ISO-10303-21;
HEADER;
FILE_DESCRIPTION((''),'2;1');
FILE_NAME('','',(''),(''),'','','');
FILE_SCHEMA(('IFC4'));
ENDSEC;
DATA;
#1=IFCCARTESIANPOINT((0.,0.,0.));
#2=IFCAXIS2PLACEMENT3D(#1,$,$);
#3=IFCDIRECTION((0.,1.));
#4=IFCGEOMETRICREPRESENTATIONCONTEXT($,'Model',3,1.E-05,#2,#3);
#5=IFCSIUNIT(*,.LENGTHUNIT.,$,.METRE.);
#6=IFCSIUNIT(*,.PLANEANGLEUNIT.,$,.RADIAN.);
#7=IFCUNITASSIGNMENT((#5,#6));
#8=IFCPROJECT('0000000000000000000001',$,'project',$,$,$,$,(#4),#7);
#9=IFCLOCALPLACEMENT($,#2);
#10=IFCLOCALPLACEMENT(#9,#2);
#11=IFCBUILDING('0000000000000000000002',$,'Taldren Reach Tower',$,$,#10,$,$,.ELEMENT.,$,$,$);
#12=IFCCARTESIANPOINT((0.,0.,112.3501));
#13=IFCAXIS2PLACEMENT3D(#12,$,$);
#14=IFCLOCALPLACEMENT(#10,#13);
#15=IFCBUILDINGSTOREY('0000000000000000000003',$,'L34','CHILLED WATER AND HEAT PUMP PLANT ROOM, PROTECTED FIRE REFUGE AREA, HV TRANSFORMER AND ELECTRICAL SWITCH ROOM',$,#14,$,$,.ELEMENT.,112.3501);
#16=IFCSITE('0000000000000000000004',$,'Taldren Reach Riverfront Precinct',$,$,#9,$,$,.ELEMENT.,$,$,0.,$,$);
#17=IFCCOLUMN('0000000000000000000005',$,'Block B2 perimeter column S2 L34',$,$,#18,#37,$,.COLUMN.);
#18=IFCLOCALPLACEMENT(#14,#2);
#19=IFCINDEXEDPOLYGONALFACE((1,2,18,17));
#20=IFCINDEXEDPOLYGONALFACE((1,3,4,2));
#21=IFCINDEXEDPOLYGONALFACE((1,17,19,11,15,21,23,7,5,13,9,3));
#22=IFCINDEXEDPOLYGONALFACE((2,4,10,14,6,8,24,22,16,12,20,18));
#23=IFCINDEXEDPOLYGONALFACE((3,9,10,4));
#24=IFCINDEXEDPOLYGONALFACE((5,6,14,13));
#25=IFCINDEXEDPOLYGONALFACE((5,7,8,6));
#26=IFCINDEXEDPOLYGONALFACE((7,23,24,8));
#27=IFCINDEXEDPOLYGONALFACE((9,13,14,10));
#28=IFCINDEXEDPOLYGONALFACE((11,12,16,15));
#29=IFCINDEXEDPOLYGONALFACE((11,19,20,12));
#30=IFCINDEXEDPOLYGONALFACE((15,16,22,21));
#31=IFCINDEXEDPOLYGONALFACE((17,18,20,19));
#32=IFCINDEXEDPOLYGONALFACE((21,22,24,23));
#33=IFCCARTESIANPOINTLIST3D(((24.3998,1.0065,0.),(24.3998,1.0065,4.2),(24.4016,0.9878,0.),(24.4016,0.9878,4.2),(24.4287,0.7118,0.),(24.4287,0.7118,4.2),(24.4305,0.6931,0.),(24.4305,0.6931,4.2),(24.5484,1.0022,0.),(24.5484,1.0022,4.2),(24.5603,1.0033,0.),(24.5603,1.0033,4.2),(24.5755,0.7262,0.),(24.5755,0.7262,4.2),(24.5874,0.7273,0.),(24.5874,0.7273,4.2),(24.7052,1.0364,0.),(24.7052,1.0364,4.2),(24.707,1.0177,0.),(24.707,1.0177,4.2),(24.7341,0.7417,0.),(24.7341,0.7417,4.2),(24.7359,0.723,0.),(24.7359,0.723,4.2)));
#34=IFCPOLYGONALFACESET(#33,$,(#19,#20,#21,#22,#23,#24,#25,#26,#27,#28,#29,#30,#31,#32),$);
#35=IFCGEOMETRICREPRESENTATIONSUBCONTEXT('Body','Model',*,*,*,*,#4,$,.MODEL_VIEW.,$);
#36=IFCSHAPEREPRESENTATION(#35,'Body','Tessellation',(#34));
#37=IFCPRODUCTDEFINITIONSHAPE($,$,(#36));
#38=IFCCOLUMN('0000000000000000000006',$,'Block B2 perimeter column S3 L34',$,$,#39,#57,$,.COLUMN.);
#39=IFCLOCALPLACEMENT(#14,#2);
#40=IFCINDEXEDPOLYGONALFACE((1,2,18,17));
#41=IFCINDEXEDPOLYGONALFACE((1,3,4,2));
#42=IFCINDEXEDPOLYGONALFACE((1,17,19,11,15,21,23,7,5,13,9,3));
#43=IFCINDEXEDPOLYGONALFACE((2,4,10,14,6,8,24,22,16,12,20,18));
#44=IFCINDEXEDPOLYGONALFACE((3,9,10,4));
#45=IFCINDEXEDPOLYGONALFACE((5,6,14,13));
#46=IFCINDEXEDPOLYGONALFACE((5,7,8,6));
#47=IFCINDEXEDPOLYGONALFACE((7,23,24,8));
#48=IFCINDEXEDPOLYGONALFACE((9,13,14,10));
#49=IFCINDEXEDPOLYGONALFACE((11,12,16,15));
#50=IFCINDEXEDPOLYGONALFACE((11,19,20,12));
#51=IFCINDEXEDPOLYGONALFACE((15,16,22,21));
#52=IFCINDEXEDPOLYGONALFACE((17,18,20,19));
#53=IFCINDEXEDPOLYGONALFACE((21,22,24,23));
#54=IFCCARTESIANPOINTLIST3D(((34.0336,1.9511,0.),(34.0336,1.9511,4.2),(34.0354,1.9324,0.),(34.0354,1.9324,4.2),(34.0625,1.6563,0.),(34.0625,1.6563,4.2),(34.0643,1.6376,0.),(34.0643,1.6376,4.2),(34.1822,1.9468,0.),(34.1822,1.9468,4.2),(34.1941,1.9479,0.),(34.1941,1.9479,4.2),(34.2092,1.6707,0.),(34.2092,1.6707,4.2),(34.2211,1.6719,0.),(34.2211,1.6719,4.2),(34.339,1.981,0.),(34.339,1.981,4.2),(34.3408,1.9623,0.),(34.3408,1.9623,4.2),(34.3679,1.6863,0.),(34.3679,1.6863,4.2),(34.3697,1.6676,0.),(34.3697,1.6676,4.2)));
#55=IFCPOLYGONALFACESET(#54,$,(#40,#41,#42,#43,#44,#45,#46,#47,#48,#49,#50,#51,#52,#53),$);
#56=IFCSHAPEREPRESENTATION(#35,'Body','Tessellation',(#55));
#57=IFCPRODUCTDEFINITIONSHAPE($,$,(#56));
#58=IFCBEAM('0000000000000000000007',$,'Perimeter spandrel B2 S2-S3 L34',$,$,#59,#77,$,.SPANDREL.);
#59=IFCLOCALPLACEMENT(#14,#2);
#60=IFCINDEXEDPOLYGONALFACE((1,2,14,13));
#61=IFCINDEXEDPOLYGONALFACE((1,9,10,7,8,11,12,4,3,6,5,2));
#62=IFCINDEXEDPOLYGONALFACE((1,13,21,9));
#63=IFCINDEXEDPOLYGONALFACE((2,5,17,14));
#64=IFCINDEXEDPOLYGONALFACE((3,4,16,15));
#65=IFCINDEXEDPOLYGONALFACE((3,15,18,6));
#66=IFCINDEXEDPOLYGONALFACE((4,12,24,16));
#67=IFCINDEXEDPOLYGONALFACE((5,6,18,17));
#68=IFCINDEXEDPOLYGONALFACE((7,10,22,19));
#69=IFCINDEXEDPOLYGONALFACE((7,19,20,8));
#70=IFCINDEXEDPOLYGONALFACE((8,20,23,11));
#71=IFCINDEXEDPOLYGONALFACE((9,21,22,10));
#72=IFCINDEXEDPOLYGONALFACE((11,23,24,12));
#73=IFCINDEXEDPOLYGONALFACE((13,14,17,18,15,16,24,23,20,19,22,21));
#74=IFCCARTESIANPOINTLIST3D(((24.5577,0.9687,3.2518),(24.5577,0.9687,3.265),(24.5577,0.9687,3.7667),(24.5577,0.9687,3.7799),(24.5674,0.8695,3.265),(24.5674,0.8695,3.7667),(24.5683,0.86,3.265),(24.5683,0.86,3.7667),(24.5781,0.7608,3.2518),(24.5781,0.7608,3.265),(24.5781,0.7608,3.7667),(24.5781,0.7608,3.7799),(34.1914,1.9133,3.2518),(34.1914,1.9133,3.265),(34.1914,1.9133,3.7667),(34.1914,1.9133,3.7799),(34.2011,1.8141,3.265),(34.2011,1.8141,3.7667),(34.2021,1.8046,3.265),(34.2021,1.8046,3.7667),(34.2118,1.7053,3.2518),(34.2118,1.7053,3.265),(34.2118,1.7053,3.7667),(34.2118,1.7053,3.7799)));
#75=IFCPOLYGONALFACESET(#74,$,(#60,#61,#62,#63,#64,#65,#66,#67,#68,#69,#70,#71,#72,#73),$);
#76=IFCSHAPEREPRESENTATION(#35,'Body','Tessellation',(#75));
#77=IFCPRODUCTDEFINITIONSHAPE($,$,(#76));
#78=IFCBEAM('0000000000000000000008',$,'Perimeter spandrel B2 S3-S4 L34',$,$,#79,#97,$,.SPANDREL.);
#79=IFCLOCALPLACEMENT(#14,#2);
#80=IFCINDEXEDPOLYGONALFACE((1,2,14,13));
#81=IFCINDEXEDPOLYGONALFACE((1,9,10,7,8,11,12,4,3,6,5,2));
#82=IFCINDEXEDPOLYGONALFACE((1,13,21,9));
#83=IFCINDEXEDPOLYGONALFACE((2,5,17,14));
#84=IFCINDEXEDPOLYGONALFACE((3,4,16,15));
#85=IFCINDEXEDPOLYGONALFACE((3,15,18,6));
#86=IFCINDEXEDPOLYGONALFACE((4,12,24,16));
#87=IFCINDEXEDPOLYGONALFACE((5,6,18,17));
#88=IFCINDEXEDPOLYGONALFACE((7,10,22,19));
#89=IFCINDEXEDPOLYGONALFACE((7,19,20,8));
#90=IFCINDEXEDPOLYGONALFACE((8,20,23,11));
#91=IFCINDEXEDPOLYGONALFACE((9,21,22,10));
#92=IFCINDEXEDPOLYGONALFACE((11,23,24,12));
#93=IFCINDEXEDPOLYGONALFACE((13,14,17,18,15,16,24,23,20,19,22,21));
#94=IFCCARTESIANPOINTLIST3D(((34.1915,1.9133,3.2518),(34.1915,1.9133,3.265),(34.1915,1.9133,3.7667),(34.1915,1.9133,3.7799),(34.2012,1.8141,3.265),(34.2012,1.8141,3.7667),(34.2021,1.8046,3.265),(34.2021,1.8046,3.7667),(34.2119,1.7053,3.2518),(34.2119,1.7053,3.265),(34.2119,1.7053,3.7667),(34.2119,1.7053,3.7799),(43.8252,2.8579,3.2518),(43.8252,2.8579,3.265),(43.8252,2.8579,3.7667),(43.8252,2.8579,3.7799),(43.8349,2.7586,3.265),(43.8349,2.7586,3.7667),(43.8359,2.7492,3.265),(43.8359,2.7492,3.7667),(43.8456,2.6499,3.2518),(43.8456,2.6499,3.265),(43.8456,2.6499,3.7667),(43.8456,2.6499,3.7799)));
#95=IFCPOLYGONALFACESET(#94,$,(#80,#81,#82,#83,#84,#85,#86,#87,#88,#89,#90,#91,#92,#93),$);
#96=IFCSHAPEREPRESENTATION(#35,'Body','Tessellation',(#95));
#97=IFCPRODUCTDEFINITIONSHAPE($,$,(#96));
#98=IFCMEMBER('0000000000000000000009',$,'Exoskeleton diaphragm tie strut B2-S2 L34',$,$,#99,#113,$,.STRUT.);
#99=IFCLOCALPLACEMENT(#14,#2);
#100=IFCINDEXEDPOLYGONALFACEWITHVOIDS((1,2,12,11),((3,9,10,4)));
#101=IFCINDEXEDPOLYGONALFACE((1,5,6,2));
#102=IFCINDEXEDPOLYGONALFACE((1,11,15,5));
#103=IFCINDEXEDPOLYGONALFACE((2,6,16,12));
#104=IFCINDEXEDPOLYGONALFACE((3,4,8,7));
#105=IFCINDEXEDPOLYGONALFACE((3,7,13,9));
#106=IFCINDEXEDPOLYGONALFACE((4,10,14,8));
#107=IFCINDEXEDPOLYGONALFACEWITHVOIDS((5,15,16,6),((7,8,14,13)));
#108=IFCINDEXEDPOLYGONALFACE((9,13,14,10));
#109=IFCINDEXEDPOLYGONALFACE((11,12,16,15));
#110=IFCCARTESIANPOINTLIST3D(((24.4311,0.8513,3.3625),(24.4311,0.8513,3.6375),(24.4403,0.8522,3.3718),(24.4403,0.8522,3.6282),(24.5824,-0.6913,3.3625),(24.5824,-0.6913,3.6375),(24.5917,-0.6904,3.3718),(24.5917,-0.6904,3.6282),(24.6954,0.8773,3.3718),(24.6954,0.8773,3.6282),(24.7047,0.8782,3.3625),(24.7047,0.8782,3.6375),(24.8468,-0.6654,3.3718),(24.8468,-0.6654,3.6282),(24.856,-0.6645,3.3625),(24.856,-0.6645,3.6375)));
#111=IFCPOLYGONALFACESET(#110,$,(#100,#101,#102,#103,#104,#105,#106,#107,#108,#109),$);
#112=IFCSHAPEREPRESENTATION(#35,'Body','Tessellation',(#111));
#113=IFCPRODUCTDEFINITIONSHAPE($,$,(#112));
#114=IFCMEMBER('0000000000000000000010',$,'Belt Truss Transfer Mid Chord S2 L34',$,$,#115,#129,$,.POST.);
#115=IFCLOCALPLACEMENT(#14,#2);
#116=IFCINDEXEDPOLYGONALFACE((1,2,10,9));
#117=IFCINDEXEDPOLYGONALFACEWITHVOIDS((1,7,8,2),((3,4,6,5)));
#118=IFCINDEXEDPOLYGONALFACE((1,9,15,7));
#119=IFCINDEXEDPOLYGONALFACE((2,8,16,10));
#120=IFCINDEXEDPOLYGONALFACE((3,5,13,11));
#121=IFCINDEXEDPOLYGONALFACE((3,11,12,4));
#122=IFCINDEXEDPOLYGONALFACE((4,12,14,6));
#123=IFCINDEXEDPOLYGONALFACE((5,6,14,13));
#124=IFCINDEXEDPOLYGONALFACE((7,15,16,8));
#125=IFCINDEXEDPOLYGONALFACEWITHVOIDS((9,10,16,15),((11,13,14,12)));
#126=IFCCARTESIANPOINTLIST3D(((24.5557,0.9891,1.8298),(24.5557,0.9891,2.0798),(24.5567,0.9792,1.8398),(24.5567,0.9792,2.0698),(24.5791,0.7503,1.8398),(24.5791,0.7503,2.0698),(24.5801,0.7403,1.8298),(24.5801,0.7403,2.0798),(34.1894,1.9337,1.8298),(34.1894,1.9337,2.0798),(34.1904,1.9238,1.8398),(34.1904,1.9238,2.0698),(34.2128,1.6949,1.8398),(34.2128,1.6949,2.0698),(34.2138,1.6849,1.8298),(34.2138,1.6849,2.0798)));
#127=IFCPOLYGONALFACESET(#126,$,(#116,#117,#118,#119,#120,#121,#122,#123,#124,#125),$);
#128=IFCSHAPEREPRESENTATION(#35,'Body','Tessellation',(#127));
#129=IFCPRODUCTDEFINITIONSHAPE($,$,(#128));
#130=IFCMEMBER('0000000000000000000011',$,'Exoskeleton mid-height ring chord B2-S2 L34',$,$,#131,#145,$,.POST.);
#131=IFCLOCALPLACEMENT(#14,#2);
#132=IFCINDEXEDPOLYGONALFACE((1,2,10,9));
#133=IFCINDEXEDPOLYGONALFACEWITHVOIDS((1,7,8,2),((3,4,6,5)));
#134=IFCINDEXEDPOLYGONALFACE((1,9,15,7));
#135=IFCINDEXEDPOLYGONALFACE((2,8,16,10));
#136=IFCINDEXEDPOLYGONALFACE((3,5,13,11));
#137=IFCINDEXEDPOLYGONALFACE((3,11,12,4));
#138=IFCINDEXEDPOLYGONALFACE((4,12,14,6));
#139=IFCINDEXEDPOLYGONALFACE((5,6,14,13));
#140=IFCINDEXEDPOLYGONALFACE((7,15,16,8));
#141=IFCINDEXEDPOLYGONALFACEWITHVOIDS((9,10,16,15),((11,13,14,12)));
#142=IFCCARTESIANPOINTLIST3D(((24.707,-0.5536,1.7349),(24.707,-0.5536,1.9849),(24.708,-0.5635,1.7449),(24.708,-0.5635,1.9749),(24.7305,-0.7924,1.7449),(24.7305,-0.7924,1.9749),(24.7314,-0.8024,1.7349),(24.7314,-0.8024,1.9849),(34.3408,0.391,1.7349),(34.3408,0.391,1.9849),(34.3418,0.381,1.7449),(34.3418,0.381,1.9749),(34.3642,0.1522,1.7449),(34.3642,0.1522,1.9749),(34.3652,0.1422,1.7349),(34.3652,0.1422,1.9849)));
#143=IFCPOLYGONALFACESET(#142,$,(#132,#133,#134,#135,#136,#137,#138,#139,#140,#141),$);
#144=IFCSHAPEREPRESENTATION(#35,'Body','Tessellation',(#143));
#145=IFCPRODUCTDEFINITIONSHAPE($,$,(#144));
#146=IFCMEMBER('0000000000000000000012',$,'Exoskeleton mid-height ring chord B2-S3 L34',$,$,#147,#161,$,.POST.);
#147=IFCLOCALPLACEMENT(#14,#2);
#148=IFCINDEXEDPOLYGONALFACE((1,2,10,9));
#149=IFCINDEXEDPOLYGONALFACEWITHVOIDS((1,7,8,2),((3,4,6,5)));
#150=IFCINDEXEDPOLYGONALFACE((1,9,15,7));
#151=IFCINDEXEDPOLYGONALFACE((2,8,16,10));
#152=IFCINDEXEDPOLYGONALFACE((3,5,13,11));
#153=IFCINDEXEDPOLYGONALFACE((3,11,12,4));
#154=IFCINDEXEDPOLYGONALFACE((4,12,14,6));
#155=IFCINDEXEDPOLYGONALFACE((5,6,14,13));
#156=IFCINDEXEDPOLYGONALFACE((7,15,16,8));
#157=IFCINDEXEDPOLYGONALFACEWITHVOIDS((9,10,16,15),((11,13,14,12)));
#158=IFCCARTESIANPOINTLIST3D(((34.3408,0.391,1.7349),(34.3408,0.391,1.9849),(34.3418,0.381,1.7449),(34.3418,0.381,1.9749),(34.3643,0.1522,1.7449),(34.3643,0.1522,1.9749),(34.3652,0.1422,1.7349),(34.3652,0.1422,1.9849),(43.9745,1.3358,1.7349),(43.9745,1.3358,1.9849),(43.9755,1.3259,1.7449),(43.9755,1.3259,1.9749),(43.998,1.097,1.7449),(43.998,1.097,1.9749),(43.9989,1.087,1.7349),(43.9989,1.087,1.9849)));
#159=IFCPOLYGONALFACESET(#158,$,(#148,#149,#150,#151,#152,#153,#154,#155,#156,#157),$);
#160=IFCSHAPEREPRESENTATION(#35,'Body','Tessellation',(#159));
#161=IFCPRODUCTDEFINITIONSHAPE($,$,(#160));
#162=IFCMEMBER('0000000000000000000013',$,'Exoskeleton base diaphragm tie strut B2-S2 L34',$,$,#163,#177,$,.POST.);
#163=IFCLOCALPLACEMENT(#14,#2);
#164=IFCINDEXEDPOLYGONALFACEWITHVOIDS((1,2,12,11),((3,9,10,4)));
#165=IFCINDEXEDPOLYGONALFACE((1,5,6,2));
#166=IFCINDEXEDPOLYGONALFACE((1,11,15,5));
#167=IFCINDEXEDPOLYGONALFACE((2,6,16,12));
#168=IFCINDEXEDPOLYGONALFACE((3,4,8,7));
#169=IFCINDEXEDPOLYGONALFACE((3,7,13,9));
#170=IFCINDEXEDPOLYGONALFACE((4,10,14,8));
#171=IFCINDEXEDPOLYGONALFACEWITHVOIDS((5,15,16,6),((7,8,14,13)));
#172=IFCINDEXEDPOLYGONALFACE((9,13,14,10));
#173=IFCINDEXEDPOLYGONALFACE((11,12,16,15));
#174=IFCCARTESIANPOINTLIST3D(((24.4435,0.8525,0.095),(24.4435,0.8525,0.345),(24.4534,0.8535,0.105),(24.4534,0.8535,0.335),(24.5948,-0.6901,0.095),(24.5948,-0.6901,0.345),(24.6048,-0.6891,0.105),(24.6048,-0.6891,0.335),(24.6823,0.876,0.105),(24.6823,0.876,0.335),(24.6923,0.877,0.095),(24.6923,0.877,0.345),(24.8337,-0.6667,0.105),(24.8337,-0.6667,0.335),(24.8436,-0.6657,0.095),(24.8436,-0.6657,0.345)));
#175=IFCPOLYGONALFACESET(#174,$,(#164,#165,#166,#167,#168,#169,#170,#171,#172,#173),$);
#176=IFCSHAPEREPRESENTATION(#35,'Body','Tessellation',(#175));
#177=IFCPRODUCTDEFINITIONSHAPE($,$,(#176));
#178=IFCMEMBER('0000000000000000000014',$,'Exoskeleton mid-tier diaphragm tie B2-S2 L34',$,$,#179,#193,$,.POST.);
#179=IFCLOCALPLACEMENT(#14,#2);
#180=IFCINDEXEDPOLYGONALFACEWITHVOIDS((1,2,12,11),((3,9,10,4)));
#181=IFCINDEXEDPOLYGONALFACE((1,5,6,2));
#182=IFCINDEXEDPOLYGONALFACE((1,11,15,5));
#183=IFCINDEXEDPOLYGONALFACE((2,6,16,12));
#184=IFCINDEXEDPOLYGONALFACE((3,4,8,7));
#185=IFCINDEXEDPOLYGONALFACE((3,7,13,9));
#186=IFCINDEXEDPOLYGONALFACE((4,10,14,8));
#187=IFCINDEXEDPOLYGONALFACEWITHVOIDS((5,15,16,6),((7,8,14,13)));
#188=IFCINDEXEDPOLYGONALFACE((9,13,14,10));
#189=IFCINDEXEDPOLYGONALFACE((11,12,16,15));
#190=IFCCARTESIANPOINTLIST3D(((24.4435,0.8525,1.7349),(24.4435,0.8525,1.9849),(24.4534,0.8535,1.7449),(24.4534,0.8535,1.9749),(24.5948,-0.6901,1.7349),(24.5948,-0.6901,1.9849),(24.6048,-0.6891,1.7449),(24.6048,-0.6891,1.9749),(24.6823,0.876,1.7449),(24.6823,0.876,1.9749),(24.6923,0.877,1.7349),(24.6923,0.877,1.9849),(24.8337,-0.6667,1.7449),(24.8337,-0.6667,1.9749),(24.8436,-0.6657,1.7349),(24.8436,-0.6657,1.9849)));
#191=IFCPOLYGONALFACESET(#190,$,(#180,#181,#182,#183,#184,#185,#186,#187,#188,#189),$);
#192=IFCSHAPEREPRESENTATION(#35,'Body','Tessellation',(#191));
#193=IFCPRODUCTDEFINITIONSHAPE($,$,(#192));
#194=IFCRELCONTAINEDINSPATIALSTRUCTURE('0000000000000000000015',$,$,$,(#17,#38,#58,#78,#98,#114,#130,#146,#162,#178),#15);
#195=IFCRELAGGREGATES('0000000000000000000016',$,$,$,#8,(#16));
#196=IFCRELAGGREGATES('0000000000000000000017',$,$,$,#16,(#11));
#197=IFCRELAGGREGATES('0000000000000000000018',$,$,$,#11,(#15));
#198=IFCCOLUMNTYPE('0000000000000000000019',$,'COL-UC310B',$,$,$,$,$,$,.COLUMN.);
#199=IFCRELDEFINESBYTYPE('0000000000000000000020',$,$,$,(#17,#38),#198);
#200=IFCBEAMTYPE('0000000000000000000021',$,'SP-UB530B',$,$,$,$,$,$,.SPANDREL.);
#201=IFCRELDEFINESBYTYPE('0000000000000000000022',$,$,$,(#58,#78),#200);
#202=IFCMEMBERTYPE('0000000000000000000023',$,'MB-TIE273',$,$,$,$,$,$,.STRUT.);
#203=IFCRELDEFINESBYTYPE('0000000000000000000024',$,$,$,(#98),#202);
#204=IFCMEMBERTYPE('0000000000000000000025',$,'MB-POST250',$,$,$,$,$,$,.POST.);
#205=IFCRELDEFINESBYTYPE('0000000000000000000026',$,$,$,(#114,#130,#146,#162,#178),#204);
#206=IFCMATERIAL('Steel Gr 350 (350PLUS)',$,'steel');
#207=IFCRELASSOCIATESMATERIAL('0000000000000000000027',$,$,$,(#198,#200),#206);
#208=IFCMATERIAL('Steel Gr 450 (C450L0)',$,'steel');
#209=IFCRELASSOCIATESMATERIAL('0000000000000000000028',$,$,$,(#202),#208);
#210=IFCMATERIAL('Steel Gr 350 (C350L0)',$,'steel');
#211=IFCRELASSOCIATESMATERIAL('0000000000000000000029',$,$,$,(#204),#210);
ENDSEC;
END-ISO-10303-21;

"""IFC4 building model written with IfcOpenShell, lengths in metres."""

from ifc_helpers import new_model, si_unit, direction, frame, origin, origin_2d, place, context, subcontext, project, spatial, hollow_rectangle, i_section, extrude, source, transform, mapped, material, material_profile, profile_set, type_object, element, save


model = new_model("IFC4")

# Units and contexts
model_context = context("Model", 3, precision=1e-05, world=origin(), true_north=direction((0.0, 1.0)))
body_context = subcontext(model_context, "Body", "Model", "MODEL_VIEW")
ifc_project = project(units=[si_unit("LENGTHUNIT", "METRE"), si_unit("PLANEANGLEUNIT", "RADIAN")], contexts=[model_context])

# Site, building, storey
site_placement = place(None, origin())
site = spatial("IfcSite", under=ifc_project, at=site_placement, Name="Taldren Reach Riverfront Precinct", CompositionType="ELEMENT", RefElevation=0.0)
building_placement = place(site_placement, origin())
building = spatial("IfcBuilding", under=site, at=building_placement, Name="Taldren Reach Tower", CompositionType="ELEMENT")
storey_placement = place(building_placement, frame((0.0, 0.0, 112.3501)))
storey = spatial("IfcBuildingStorey", under=building, at=storey_placement, Name="L34", Description="CHILLED WATER AND HEAT PUMP PLANT ROOM, PROTECTED FIRE REFUGE AREA, HV TRANSFORMER AND ELECTRICAL SWITCH ROOM", CompositionType="ELEMENT", Elevation=112.3501)

# Columns
ifc_material_1 = material(Name="Steel Gr 350 (350PLUS)", Category="steel")
ifc_material_profile_1 = material_profile(ifc_material_1, i_section(OverallWidth=0.3069, OverallDepth=0.3149, WebThickness=0.012, FlangeThickness=0.0188, at=origin_2d()), Name="310UC118")
ifc_profile_set_1 = profile_set([ifc_material_profile_1], Name="Steel Gr 350 (350PLUS)")
column_type = type_object("IfcColumnType", Name="COL-UC310B", PredefinedType="COLUMN", material=ifc_profile_set_1)
shared_shape_1 = source(origin(), body_context, "Body", "SweptSolid", [
    extrude(i_section(OverallWidth=0.3069, OverallDepth=0.3149, WebThickness=0.012, FlangeThickness=0.0188, at=origin_2d()), origin(), (0.0, 0.0, 1.0), 4.2),
])
for number, where, z_axis, x_axis, name in (
    (1, (24.5679, 0.8647, 0.0), (0.0, 0.0, 1.0), (0.995227, 0.097583, 0.0), "Block B2 perimeter column S2 L34"),
    (2, (34.2017, 1.8093, 0.0), (0.0, 0.0, 1.0), (0.995227, 0.097583, 0.0), "Block B2 perimeter column S3 L34"),
):
    element("IfcColumn", number, at=place(storey_placement, frame(where, z_axis=z_axis, x_axis=x_axis)), inside=storey, type_object=column_type, Name=name, PredefinedType="COLUMN", context=body_context, shape_type="MappedRepresentation", body=[
        mapped(shared_shape_1, transform((0.0, 0.0, 0.0), scale=1.0)),
    ])

# Beams
ifc_material_profile_2 = material_profile(ifc_material_1, i_section(OverallWidth=0.209, OverallDepth=0.5281, WebThickness=0.0095, FlangeThickness=0.0132, at=origin_2d()), Name="530UB82.0")
ifc_profile_set_2 = profile_set([ifc_material_profile_2], Name="Steel Gr 350 (350PLUS)")
beam_type_1 = type_object("IfcBeamType", Name="SP-UB530B", PredefinedType="SPANDREL", material=ifc_profile_set_2)
shared_shape_2 = source(origin(), body_context, "Body", "SweptSolid", [
    extrude(i_section(OverallWidth=0.209, OverallDepth=0.5281, WebThickness=0.0095, FlangeThickness=0.0132, at=origin_2d()), origin(), (0.0, 0.0, 1.0), 9.6799),
])
for number, where, z_axis, x_axis, name in (
    (3, (24.5679, 0.8647, 3.5159), (0.995228, 0.097581, 0.0), (-0.097581, 0.995228, 0.0), "Perimeter spandrel B2 S2-S3 L34"),
    (4, (34.2017, 1.8093, 3.5159), (0.995228, 0.097581, 0.0), (-0.097581, 0.995228, 0.0), "Perimeter spandrel B2 S3-S4 L34"),
):
    element("IfcBeam", number, at=place(storey_placement, frame(where, z_axis=z_axis, x_axis=x_axis)), inside=storey, type_object=beam_type_1, Name=name, PredefinedType="SPANDREL", context=body_context, shape_type="MappedRepresentation", body=[
        mapped(shared_shape_2, transform((0.0, 0.0, 0.0), scale=1.0)),
    ])

# Members
ifc_material_2 = material(Name="Steel Gr 450 (C450L0)", Category="steel")
ifc_material_profile_3 = material_profile(ifc_material_2, hollow_rectangle(XDim=0.2749, YDim=0.2749, WallThickness=0.0093, at=origin_2d()), Name="275x275x9.3SHS")
ifc_profile_set_3 = profile_set([ifc_material_profile_3], Name="Steel Gr 450 (C450L0)")
member_type_1 = type_object("IfcMemberType", Name="MB-TIE273", PredefinedType="STRUT", material=ifc_profile_set_3)
shared_shape_3 = source(origin(), body_context, "Body", "SweptSolid", [
    extrude(hollow_rectangle(XDim=0.2749, YDim=0.2749, WallThickness=0.0093, at=origin_2d()), origin(), (0.0, 0.0, 1.0), 1.55),
])
member_1_placement = place(storey_placement, frame((24.5679, 0.8647, 3.5), z_axis=(0.097648, -0.995221, 0.0), x_axis=(0.995221, 0.097648, 0.0)))
element("IfcMember", 5, at=member_1_placement, inside=storey, type_object=member_type_1, Name="Exoskeleton diaphragm tie strut B2-S2 L34", PredefinedType="STRUT", context=body_context, shape_type="MappedRepresentation", body=[
    mapped(shared_shape_3, transform((0.0, 0.0, 0.0), scale=1.0)),
])
ifc_material_3 = material(Name="Steel Gr 350 (C350L0)", Category="steel")
ifc_material_profile_4 = material_profile(ifc_material_3, hollow_rectangle(XDim=0.25, YDim=0.25, WallThickness=0.01, at=origin_2d()), Name="250x250x10.0SHS")
ifc_profile_set_4 = profile_set([ifc_material_profile_4], Name="Steel Gr 350 (C350L0)")
member_type_2 = type_object("IfcMemberType", Name="MB-POST250", PredefinedType="POST", material=ifc_profile_set_4)
shared_shape_4 = source(origin(), body_context, "Body", "SweptSolid", [
    extrude(hollow_rectangle(XDim=0.25, YDim=0.25, WallThickness=0.01, at=origin_2d()), origin(), (0.0, 0.0, 1.0), 9.6799),
])
for number, where, z_axis, x_axis, name in (
    (6, (24.5679, 0.8647, 1.9548), (0.995228, 0.097581, 0.0), (-0.097581, 0.995228, 0.0), "Belt Truss Transfer Mid Chord S2 L34"),
    (7, (24.7192, -0.678, 1.8599), (0.995228, 0.097581, 0.0), (-0.097581, 0.995228, 0.0), "Exoskeleton mid-height ring chord B2-S2 L34"),
    (8, (34.353, 0.2666, 1.8599), (0.995225, 0.097606, 0.0), (-0.097606, 0.995225, 0.0), "Exoskeleton mid-height ring chord B2-S3 L34"),
):
    element("IfcMember", number, at=place(storey_placement, frame(where, z_axis=z_axis, x_axis=x_axis)), inside=storey, type_object=member_type_2, Name=name, PredefinedType="POST", context=body_context, shape_type="MappedRepresentation", body=[
        mapped(shared_shape_4, transform((0.0, 0.0, 0.0), scale=1.0)),
    ])
shared_shape_5 = source(origin(), body_context, "Body", "SweptSolid", [
    extrude(hollow_rectangle(XDim=0.25, YDim=0.25, WallThickness=0.01, at=origin_2d()), origin(), (0.0, 0.0, 1.0), 1.55),
])
for number, where, z_axis, x_axis, name in (
    (9, (24.5679, 0.8647, 0.22), (0.097648, -0.995221, 0.0), (0.995221, 0.097648, 0.0), "Exoskeleton base diaphragm tie strut B2-S2 L34"),
    (10, (24.5679, 0.8647, 1.8599), (0.097648, -0.995221, 0.0), (0.995221, 0.097648, 0.0), "Exoskeleton mid-tier diaphragm tie B2-S2 L34"),
):
    element("IfcMember", number, at=place(storey_placement, frame(where, z_axis=z_axis, x_axis=x_axis)), inside=storey, type_object=member_type_2, Name=name, PredefinedType="POST", context=body_context, shape_type="MappedRepresentation", body=[
        mapped(shared_shape_5, transform((0.0, 0.0, 0.0), scale=1.0)),
    ])

save(model, "model.ifc")
